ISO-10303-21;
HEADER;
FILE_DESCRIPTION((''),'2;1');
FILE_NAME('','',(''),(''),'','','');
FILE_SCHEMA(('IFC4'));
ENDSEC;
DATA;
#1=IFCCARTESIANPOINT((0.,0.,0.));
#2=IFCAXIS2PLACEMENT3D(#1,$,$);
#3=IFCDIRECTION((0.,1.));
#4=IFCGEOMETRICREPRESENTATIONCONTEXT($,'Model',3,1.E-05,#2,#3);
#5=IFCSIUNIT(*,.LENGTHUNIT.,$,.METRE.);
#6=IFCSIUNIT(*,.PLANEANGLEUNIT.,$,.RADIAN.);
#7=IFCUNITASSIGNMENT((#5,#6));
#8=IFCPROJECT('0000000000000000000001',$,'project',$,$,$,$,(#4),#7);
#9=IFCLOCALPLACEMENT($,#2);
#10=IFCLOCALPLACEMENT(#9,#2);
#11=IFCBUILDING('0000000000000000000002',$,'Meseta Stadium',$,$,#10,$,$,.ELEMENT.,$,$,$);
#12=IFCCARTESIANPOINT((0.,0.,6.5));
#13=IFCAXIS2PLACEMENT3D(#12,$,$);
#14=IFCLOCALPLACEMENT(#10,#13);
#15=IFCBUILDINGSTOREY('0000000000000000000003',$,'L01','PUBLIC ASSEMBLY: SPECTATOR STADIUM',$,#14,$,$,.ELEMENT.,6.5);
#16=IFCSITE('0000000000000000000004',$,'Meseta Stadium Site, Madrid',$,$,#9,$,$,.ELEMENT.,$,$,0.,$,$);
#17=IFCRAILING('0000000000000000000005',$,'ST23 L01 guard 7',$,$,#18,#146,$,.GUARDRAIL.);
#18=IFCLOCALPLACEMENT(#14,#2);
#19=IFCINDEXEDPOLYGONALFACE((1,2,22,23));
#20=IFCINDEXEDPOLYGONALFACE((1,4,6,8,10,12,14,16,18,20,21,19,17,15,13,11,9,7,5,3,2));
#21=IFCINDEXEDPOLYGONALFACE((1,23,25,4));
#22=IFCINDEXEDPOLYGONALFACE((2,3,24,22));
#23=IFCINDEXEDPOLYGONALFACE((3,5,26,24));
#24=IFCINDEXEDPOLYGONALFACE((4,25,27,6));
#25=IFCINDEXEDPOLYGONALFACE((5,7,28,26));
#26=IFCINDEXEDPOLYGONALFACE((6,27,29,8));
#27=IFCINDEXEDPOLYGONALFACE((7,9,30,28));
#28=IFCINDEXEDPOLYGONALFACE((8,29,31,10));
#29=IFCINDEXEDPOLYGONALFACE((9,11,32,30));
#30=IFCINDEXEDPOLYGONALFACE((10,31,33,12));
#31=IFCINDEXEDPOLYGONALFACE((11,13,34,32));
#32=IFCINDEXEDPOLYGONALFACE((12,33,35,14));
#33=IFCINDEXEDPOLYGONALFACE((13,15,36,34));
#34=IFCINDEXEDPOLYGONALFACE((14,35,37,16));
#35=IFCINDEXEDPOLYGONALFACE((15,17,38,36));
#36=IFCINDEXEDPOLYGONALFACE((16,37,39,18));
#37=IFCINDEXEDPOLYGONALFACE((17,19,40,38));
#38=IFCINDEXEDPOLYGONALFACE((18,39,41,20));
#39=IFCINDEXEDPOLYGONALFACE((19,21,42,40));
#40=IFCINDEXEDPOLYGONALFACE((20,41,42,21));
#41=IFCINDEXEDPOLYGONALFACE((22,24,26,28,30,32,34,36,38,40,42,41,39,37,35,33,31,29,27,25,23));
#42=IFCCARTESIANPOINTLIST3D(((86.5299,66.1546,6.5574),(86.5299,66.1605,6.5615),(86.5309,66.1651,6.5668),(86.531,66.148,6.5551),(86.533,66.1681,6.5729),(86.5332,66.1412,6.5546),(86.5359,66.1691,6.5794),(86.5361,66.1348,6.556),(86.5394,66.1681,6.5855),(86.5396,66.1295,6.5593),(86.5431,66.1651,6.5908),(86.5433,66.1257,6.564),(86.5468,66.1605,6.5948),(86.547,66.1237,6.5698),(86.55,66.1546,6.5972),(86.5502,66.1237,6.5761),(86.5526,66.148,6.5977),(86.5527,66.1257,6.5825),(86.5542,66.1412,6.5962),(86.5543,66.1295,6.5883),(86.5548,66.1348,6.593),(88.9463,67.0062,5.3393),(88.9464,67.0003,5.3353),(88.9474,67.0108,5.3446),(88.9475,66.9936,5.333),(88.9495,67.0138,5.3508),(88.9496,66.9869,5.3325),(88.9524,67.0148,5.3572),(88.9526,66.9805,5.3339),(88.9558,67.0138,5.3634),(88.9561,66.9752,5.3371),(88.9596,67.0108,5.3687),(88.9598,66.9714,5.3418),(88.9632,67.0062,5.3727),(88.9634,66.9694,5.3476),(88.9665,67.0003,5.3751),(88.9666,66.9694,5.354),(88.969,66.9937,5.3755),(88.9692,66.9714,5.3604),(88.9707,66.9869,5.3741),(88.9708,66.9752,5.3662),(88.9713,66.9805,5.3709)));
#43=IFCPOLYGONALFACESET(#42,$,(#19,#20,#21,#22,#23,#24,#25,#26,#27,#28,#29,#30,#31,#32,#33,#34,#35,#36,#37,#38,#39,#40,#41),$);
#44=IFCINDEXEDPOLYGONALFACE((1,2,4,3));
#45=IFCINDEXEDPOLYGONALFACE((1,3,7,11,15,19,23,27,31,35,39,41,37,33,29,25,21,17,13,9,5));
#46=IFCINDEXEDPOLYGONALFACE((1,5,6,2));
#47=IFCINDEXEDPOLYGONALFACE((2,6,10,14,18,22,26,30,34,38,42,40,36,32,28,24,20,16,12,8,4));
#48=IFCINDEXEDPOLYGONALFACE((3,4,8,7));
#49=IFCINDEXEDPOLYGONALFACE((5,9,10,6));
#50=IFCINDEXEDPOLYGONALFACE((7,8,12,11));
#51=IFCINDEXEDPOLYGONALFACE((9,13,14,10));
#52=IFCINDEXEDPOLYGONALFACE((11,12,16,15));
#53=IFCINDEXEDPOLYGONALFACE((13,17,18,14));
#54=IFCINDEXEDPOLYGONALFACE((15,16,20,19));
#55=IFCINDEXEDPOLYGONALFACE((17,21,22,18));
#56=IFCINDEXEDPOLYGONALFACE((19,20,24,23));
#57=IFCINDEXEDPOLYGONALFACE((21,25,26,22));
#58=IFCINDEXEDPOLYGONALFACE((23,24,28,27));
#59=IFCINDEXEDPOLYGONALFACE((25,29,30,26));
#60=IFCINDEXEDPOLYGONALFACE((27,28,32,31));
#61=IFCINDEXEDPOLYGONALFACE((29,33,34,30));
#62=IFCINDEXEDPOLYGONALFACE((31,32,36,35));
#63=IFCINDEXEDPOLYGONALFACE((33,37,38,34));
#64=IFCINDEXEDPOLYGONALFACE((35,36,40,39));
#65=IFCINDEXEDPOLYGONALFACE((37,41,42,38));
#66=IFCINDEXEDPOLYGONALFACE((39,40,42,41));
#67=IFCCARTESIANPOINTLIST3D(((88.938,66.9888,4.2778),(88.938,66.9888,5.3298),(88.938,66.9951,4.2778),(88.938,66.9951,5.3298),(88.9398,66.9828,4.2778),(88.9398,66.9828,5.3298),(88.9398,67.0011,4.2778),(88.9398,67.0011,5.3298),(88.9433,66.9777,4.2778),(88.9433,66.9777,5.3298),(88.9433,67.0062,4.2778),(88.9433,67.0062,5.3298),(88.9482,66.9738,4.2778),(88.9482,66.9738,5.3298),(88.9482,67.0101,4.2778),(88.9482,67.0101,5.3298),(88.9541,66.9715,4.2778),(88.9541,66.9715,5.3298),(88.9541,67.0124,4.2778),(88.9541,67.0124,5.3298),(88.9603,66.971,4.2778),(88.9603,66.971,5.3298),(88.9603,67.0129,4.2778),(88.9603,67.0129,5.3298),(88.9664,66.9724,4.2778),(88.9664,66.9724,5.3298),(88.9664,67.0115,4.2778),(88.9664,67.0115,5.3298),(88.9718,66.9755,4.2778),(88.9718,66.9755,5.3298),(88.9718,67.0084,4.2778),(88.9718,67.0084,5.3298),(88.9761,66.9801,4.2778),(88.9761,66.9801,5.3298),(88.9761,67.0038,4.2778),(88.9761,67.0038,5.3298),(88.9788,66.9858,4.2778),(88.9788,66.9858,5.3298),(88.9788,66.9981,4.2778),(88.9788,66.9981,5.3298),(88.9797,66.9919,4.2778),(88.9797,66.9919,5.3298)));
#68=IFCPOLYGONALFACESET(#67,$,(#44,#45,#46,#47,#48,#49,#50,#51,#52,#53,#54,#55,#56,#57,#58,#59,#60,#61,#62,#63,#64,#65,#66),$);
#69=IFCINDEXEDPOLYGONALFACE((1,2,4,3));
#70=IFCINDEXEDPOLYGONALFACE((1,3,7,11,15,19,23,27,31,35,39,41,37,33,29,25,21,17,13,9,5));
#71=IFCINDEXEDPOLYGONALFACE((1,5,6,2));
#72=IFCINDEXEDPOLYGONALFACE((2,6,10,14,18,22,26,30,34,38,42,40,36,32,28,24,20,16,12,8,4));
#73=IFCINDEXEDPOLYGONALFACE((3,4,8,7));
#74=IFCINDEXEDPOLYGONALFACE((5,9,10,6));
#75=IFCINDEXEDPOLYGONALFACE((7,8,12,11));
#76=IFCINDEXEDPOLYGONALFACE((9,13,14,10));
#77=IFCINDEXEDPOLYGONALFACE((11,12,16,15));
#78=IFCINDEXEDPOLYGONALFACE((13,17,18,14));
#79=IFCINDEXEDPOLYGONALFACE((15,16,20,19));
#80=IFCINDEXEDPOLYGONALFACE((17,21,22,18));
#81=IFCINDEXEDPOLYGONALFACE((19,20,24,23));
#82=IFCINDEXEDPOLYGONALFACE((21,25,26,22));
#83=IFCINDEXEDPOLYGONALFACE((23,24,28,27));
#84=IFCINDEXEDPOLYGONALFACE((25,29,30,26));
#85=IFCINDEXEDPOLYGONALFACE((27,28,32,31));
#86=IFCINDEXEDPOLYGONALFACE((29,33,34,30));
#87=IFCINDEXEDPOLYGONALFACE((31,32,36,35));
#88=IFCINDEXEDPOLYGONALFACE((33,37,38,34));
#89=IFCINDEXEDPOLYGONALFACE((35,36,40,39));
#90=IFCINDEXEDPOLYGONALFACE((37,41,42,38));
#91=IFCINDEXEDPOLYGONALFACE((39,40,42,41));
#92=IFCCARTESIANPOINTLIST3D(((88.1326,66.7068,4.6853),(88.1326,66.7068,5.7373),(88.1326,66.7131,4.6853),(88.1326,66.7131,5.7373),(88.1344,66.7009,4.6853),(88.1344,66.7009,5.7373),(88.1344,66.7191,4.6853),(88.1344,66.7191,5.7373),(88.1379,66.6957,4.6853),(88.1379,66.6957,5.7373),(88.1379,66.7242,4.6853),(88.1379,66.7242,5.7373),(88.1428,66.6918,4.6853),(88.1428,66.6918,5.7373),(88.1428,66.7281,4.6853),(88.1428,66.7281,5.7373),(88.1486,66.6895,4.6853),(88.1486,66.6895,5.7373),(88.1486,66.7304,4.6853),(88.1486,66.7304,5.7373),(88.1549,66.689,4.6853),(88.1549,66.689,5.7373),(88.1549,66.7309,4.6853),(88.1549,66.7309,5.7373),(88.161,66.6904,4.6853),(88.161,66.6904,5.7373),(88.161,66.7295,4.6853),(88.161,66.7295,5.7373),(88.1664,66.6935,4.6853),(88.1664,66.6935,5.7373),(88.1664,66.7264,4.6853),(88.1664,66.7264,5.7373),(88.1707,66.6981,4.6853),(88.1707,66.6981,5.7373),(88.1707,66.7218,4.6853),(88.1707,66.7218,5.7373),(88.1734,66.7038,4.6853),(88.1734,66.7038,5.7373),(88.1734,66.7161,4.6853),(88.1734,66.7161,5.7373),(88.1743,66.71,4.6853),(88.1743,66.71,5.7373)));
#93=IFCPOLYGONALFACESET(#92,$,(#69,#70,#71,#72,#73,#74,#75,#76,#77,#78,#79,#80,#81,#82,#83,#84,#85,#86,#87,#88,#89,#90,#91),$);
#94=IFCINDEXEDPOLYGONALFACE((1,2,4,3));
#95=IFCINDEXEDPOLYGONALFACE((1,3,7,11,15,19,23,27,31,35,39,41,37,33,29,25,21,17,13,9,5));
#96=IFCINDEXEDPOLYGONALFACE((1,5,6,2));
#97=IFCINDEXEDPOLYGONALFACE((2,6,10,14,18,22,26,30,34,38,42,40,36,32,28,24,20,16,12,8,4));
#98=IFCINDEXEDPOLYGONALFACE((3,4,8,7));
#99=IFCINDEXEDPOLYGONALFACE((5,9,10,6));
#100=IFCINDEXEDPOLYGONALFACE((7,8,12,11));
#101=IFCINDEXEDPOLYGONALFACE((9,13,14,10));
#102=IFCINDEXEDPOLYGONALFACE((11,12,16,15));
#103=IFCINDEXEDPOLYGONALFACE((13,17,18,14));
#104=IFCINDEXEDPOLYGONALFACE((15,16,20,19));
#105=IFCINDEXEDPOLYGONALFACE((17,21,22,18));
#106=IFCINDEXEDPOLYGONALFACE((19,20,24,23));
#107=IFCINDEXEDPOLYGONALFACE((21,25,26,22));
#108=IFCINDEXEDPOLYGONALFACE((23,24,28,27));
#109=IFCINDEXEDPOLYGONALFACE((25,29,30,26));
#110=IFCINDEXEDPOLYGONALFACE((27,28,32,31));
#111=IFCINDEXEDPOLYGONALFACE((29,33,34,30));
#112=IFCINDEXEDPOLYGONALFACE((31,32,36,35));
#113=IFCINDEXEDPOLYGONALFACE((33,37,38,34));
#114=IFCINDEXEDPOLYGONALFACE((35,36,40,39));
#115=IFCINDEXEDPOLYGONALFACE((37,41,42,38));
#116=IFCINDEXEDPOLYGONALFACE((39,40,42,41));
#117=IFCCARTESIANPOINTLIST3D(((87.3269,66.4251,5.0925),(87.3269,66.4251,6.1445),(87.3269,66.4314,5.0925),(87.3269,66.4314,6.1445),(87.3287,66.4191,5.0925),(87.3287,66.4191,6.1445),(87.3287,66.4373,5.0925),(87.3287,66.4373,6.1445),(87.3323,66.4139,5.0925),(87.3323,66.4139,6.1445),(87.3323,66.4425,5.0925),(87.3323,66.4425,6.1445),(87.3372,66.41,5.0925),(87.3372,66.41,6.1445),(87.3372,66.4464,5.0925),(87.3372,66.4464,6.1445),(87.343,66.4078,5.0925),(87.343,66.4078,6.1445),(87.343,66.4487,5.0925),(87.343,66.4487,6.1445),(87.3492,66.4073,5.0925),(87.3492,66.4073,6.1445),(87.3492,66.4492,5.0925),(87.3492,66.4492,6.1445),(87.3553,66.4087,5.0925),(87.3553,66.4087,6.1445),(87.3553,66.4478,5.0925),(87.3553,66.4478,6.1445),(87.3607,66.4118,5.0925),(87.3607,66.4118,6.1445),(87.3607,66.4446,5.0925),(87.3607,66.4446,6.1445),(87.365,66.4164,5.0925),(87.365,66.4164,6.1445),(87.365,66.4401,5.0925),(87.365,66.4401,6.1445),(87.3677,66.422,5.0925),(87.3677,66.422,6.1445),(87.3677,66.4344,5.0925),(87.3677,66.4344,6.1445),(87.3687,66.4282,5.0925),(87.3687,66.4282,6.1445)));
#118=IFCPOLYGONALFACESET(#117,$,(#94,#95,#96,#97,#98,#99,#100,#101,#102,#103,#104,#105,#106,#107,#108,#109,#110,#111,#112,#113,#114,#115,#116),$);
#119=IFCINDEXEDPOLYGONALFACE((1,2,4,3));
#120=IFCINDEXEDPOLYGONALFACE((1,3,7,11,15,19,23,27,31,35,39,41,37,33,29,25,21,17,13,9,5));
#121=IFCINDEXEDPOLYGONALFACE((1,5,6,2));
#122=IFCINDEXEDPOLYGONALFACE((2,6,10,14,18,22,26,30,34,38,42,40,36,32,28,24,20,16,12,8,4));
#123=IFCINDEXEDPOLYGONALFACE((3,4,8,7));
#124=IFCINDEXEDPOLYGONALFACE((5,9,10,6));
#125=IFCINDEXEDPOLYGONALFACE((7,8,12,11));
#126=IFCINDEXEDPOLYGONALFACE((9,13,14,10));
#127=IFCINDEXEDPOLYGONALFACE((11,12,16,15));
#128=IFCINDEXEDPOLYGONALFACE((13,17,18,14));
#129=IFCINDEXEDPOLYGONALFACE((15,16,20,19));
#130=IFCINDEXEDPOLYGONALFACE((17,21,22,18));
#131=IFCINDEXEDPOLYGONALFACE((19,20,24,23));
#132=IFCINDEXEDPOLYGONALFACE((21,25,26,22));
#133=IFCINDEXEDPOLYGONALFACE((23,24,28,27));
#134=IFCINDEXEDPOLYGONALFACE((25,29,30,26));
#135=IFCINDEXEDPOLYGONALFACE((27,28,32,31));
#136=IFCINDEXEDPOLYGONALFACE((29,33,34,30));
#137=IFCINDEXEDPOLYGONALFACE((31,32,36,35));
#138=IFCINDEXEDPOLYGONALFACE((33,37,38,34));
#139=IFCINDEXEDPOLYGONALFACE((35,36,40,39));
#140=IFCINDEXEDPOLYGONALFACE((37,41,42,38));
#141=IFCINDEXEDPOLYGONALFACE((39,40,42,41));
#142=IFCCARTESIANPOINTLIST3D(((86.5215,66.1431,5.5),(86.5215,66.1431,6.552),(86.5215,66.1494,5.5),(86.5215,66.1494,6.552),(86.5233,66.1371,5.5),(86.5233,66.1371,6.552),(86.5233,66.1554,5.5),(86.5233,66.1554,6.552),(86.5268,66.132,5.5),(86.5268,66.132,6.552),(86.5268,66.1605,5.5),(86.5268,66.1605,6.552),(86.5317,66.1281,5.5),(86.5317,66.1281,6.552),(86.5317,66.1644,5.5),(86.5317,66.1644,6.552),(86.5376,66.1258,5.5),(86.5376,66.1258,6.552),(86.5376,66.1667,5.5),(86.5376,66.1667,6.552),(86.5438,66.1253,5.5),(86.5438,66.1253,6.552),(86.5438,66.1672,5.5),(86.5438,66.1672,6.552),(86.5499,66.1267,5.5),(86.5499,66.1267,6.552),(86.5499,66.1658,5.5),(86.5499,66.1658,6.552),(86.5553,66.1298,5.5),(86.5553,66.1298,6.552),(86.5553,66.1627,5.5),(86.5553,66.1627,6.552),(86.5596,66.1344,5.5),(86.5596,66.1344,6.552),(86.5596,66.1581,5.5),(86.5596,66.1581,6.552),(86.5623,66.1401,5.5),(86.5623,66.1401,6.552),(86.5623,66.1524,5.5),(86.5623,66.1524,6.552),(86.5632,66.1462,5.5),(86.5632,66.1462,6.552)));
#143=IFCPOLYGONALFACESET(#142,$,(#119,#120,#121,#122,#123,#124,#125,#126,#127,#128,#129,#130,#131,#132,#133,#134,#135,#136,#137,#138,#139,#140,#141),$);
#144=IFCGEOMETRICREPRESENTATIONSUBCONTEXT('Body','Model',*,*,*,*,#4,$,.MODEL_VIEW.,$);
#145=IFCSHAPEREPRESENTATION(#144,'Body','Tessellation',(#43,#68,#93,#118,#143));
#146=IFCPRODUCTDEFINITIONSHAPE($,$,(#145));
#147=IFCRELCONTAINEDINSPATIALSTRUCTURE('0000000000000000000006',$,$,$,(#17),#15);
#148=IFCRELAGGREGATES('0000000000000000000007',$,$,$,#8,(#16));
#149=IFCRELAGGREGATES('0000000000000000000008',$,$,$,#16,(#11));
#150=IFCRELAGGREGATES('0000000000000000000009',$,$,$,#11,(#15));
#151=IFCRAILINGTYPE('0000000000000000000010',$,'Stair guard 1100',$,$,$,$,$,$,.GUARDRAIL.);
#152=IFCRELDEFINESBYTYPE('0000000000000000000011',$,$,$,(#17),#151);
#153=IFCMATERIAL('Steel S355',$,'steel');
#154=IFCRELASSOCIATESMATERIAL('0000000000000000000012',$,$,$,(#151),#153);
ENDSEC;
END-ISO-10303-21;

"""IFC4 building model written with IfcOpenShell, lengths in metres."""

from ifc_helpers import new_model, si_unit, direction, frame, origin, origin_2d, place, context, subcontext, project, spatial, circle, extrude, material, type_object, element, save


model = new_model("IFC4")

# Units and contexts
model_context = context("Model", 3, precision=1e-05, world=origin(), true_north=direction((0.0, 1.0)))
body_context = subcontext(model_context, "Body", "Model", "MODEL_VIEW")
ifc_project = project(units=[si_unit("LENGTHUNIT", "METRE"), si_unit("PLANEANGLEUNIT", "RADIAN")], contexts=[model_context])

# Site, building, storey
site_placement = place(None, origin())
site = spatial("IfcSite", under=ifc_project, at=site_placement, Name="Meseta Stadium Site, Madrid", CompositionType="ELEMENT", RefElevation=0.0)
building_placement = place(site_placement, origin())
building = spatial("IfcBuilding", under=site, at=building_placement, Name="Meseta Stadium", CompositionType="ELEMENT")
storey_placement = place(building_placement, frame((0.0, 0.0, 6.5)))
storey = spatial("IfcBuildingStorey", under=building, at=storey_placement, Name="L01", Description="PUBLIC ASSEMBLY: SPECTATOR STADIUM", CompositionType="ELEMENT", Elevation=6.5)

# Railing
ifc_material_1 = material(Name="Steel S355", Category="steel")
railing_type_1 = type_object("IfcRailingType", Name="Stair guard 1100", PredefinedType="GUARDRAIL", material=ifc_material_1)
railing_1_placement = place(storey_placement, frame((88.9587, 66.9919, 4.2778)))
element("IfcRailing", 1, at=railing_1_placement, inside=storey, type_object=railing_type_1, Name="ST23 L01 guard 7", PredefinedType="GUARDRAIL", context=body_context, shape_type="SweptSolid", body=[
    extrude(circle(Radius=0.0239, at=origin_2d()), frame((0.0, 0.0, 1.0762), z_axis=(-0.85179, -0.298101, 0.4308), x_axis=(0.330325, -0.943867, 0.0)), (0.0, 0.0, 1.0), 2.8369),
    extrude(circle(Radius=0.021, at=origin_2d()), origin(), (0.0, 0.0, 1.0), 1.052),
    extrude(circle(Radius=0.021, at=origin_2d()), frame((-0.8054, -0.282, 0.4075)), (0.0, 0.0, 1.0), 1.052),
    extrude(circle(Radius=0.021, at=origin_2d()), frame((-1.6111, -0.5637, 0.8147)), (0.0, 0.0, 1.0), 1.052),
    extrude(circle(Radius=0.021, at=origin_2d()), frame((-2.4165, -0.8457, 1.2222)), (0.0, 0.0, 1.0), 1.052),
])

save(model, "model.ifc")
